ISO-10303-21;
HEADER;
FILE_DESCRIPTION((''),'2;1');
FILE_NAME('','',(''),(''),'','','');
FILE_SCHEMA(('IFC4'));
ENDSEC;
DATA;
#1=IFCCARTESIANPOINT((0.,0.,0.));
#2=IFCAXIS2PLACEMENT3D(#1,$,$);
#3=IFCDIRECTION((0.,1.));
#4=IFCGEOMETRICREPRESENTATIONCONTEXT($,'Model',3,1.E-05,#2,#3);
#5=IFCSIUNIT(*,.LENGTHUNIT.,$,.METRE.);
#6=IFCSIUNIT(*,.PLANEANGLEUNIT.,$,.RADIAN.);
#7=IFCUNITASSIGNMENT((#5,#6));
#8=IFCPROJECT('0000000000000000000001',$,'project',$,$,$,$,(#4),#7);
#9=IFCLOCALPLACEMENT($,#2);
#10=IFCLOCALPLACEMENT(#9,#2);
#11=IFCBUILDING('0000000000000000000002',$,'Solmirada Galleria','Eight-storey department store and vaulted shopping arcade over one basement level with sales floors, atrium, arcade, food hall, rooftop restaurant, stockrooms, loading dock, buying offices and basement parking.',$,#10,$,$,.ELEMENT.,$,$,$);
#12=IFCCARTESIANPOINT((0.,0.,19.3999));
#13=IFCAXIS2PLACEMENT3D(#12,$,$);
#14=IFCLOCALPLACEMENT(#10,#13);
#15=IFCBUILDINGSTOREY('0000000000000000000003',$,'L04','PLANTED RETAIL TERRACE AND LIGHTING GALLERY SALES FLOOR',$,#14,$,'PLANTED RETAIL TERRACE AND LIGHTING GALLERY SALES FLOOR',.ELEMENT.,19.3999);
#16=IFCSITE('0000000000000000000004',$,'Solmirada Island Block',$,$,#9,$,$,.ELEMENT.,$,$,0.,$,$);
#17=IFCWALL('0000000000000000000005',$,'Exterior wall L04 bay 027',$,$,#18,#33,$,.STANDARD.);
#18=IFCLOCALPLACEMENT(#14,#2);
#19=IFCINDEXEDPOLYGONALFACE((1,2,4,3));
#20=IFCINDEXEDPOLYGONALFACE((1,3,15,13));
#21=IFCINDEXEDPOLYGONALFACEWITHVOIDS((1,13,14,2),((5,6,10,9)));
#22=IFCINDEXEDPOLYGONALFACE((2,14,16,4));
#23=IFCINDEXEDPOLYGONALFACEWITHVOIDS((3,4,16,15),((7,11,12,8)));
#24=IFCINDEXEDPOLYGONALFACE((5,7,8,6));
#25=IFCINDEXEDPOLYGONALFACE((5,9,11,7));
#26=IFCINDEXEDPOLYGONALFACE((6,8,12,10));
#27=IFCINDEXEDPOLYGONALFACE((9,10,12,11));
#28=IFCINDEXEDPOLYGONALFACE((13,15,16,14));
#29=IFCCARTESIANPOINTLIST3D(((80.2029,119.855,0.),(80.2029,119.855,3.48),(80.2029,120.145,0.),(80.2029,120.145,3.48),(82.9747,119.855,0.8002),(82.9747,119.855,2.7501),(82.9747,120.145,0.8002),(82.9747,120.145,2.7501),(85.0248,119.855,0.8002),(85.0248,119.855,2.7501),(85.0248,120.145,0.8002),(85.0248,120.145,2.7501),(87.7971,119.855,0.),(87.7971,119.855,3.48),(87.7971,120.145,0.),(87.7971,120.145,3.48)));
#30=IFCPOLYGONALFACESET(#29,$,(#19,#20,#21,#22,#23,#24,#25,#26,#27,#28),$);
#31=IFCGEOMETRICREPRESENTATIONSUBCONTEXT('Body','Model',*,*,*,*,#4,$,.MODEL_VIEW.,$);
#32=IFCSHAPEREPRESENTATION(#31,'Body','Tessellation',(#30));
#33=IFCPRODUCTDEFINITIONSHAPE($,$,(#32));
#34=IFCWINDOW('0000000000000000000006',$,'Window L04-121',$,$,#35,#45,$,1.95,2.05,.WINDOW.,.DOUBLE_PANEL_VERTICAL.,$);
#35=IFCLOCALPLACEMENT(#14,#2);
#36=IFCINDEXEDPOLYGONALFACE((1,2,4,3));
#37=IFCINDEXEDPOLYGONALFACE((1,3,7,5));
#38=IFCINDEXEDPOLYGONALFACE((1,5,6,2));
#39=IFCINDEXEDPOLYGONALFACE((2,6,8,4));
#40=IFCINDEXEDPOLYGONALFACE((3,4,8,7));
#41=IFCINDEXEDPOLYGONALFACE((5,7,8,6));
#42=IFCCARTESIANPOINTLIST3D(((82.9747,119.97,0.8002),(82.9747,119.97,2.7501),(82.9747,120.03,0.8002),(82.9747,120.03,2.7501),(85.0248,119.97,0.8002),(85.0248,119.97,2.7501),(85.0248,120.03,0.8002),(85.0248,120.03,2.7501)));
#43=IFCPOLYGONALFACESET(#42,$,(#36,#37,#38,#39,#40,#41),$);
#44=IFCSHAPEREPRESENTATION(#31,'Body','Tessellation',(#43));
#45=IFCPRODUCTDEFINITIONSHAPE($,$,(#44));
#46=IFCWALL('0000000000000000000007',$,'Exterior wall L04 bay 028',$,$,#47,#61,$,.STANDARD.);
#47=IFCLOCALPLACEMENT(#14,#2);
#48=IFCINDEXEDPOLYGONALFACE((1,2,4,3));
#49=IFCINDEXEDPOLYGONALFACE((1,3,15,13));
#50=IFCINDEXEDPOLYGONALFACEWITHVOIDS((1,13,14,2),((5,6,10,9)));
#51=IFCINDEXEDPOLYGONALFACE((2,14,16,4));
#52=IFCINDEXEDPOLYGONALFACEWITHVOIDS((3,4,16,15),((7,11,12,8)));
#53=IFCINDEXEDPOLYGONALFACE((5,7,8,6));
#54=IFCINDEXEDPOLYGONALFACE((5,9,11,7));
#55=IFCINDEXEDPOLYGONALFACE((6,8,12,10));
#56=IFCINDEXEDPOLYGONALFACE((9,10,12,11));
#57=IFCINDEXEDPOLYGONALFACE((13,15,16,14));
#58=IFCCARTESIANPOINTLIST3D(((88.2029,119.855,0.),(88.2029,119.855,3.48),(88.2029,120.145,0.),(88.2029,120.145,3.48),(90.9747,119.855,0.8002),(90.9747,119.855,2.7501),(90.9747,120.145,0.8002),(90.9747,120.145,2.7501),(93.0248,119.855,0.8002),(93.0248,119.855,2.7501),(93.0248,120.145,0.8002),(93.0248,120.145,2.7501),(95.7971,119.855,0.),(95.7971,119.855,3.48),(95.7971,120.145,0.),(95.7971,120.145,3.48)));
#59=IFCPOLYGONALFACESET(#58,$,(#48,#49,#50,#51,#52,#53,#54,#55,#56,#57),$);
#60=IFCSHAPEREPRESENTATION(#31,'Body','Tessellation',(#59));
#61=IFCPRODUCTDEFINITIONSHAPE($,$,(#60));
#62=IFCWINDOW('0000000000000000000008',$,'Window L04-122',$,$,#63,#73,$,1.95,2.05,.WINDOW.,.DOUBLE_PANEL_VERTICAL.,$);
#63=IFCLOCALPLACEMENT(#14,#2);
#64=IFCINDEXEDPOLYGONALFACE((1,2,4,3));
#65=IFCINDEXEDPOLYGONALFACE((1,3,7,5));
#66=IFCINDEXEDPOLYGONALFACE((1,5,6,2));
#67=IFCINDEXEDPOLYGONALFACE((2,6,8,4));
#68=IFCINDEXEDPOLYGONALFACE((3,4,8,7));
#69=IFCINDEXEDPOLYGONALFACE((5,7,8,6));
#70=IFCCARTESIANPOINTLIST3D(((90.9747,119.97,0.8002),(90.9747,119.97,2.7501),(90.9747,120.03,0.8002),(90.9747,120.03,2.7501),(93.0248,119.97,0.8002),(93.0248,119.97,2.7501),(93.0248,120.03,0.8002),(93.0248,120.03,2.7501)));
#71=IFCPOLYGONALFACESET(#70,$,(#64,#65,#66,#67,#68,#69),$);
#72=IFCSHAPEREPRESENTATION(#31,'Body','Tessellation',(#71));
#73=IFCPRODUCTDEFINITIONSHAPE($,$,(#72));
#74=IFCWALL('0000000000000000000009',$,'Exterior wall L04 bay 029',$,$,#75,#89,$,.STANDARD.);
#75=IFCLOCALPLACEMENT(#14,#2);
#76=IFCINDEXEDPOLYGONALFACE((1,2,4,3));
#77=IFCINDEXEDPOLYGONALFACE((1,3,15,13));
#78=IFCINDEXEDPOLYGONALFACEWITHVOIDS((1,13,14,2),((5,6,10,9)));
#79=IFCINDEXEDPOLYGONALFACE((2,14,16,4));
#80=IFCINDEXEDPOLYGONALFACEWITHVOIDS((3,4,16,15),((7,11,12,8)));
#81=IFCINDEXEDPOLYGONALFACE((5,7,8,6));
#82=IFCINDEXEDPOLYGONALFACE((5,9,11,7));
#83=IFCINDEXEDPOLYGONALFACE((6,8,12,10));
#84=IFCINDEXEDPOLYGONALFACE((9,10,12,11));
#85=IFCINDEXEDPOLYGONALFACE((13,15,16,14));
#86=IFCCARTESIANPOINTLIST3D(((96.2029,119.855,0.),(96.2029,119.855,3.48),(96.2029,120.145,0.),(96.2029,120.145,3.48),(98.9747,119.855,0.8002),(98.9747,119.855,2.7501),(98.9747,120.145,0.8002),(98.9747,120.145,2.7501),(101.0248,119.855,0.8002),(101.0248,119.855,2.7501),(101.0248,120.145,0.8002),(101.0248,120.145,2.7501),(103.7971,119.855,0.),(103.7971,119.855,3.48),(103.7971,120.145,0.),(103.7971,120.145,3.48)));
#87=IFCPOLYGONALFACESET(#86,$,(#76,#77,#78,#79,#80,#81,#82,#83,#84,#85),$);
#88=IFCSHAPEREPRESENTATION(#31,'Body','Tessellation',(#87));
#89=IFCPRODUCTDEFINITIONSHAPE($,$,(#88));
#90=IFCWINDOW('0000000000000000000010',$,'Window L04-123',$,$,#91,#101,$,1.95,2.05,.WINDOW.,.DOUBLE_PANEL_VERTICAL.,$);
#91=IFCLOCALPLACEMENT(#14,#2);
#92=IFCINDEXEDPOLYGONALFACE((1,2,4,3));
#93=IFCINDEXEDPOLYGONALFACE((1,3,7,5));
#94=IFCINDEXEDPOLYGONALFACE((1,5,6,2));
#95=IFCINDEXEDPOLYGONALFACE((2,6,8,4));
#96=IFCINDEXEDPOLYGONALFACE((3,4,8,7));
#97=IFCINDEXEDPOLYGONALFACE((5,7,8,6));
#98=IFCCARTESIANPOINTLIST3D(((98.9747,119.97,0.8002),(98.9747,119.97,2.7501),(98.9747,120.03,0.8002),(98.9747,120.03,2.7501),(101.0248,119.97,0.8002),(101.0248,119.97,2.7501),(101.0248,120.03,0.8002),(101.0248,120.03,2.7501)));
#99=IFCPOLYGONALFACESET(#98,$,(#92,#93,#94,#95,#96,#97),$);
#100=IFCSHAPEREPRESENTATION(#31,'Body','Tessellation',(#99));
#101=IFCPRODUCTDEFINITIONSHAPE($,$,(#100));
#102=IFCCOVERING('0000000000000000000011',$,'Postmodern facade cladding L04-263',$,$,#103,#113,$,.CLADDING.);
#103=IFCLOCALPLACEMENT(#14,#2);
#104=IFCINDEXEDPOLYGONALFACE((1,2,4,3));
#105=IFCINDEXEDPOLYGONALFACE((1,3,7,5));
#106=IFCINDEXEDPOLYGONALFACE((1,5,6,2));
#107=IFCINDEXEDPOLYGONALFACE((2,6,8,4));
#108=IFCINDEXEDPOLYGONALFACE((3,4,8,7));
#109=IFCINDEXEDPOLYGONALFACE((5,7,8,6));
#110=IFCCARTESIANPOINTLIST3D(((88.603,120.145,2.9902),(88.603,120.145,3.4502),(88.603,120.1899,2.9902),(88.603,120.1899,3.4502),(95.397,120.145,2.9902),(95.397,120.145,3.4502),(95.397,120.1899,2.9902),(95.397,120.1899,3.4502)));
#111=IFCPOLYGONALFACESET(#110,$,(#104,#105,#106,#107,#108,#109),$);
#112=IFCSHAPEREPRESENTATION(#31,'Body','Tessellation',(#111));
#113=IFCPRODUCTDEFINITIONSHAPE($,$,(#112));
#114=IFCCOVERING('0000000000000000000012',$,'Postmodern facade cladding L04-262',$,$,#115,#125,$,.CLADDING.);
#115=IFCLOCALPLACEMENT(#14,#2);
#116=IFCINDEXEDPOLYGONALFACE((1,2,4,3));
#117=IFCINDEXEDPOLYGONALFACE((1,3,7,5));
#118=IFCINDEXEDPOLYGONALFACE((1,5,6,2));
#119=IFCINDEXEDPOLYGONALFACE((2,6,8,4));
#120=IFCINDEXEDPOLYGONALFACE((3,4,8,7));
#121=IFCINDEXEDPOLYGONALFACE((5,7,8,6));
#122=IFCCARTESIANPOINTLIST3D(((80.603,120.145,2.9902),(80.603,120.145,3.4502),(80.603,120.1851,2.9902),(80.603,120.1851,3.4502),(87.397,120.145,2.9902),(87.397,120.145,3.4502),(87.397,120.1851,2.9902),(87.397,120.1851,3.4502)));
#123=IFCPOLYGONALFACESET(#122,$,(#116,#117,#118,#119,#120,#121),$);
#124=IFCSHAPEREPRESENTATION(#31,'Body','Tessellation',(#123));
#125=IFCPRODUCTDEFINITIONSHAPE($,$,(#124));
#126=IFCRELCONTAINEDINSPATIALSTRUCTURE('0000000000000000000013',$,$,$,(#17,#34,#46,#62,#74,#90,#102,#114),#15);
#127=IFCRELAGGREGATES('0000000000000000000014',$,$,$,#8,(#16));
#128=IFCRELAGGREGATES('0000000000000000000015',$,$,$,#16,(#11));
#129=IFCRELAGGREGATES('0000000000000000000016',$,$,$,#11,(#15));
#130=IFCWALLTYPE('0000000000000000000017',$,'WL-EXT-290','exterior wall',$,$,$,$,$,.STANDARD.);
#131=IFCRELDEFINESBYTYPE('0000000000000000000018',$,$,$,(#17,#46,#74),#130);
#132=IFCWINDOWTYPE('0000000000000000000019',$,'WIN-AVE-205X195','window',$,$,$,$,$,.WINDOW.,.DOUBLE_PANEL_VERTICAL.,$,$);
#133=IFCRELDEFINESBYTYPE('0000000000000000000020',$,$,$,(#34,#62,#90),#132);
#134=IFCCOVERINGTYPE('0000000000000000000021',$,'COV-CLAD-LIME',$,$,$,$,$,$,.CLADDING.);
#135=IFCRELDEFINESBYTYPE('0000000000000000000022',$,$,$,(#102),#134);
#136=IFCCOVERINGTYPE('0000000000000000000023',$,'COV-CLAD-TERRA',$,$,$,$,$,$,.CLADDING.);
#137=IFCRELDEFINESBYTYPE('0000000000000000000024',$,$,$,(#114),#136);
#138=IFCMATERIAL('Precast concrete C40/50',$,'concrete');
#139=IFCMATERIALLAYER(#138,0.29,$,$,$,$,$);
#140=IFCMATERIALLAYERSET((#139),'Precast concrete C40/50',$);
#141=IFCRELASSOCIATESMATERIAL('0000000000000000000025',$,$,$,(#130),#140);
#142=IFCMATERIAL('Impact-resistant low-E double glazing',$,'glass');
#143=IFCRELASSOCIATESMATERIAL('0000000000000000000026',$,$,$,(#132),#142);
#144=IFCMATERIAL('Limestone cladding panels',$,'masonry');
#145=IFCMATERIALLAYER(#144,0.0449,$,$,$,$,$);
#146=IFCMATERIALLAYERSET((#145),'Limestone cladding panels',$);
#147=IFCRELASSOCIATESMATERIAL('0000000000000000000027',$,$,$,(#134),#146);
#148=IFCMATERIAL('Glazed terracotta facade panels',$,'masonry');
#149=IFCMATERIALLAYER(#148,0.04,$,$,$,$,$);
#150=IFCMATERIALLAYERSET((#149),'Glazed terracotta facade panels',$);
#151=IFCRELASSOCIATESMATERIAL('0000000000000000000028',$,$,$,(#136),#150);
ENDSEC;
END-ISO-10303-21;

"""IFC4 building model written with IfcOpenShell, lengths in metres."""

from ifc_helpers import new_model, si_unit, direction, frame, frame_2d, origin, origin_2d, place, context, subcontext, project, spatial, rectangle, extrude, material, layer, layer_set, type_object, element, fill, save


model = new_model("IFC4")

# Units and contexts
model_context = context("Model", 3, precision=1e-05, world=origin(), true_north=direction((0.0, 1.0)))
body_context = subcontext(model_context, "Body", "Model", "MODEL_VIEW")
ifc_project = project(units=[si_unit("LENGTHUNIT", "METRE"), si_unit("PLANEANGLEUNIT", "RADIAN")], contexts=[model_context])

# Site, building, storey
site_placement = place(None, origin())
site = spatial("IfcSite", under=ifc_project, at=site_placement, Name="Solmirada Island Block", CompositionType="ELEMENT", RefElevation=0.0)
building_placement = place(site_placement, origin())
building = spatial("IfcBuilding", under=site, at=building_placement, Name="Solmirada Galleria", Description="Eight-storey department store and vaulted shopping arcade over one basement level with sales floors, atrium, arcade, food hall, rooftop restaurant, stockrooms, loading dock, buying offices and basement parking.", CompositionType="ELEMENT")
storey_placement = place(building_placement, frame((0.0, 0.0, 19.3999)))
storey = spatial("IfcBuildingStorey", under=building, at=storey_placement, Name="L04", Description="PLANTED RETAIL TERRACE AND LIGHTING GALLERY SALES FLOOR", LongName="PLANTED RETAIL TERRACE AND LIGHTING GALLERY SALES FLOOR", CompositionType="ELEMENT", Elevation=19.3999)

# Walls, openings, windows
ifc_material_1 = material(Name="Precast concrete C40/50", Category="concrete")
ifc_layer_1 = layer(ifc_material_1, 0.29)
ifc_layer_set_1 = layer_set([ifc_layer_1], Name="Precast concrete C40/50")
wall_type = type_object("IfcWallType", Name="WL-EXT-290", Description="exterior wall", PredefinedType="STANDARD", material=ifc_layer_set_1)
wall_1_placement = place(storey_placement, frame((80.2029, 120.0, 0.0), z_axis=(0.0, 0.0, 1.0), x_axis=(1.0, 0.0, 0.0)))
wall_1 = element("IfcWall", 1, at=wall_1_placement, inside=storey, type_object=wall_type, Name="Exterior wall L04 bay 027", PredefinedType="STANDARD", context=body_context, shape_type="SweptSolid", body=[
    extrude(rectangle(XDim=7.5942, YDim=0.29, at=frame_2d((3.7971, 0.0))), origin(), (0.0, 0.0, 1.0), 3.48),
])
opening_1_placement = place(wall_1_placement, frame((2.772, 0.0, 0.8)))
opening_1 = element("IfcOpeningElement", 2, at=opening_1_placement, cuts=wall_1, PredefinedType="OPENING", context=body_context, shape_type="SweptSolid", body=[
    extrude(rectangle(XDim=2.05, YDim=1.95, at=frame_2d((1.0249, 0.9751))), frame((0.0, 0.155, 0.0), z_axis=(0.0, -1.0, 0.0), x_axis=(1.0, 0.0, 0.0)), (0.0, 0.0, 1.0), 0.3101),
])
ifc_material_2 = material(Name="Impact-resistant low-E double glazing", Category="glass")
window_type = type_object("IfcWindowType", Name="WIN-AVE-205X195", Description="window", PartitioningType="DOUBLE_PANEL_VERTICAL", PredefinedType="WINDOW", material=ifc_material_2)
window_1_placement = place(opening_1_placement, origin())
window_1 = element("IfcWindow", 3, at=window_1_placement, inside=storey, type_object=window_type, Name="Window L04-121", OverallHeight=1.95, OverallWidth=2.05, PartitioningType="DOUBLE_PANEL_VERTICAL", PredefinedType="WINDOW", context=body_context, shape_type="SweptSolid", body=[
    extrude(rectangle(XDim=2.05, YDim=1.95, at=frame_2d((1.0249, 0.9751))), frame((0.0, 0.03, 0.0), z_axis=(0.0, -1.0, 0.0), x_axis=(1.0, 0.0, 0.0)), (0.0, 0.0, 1.0), 0.0601),
])
fill(opening_1, window_1)
wall_2_placement = place(storey_placement, frame((88.2029, 120.0, 0.0), z_axis=(0.0, 0.0, 1.0), x_axis=(1.0, 0.0, 0.0)))
wall_2 = element("IfcWall", 4, at=wall_2_placement, inside=storey, type_object=wall_type, Name="Exterior wall L04 bay 028", PredefinedType="STANDARD", context=body_context, shape_type="SweptSolid", body=[
    extrude(rectangle(XDim=7.5942, YDim=0.29, at=frame_2d((3.7971, 0.0))), origin(), (0.0, 0.0, 1.0), 3.48),
])
opening_2_placement = place(wall_2_placement, frame((2.772, 0.0, 0.8)))
opening_2 = element("IfcOpeningElement", 5, at=opening_2_placement, cuts=wall_2, PredefinedType="OPENING", context=body_context, shape_type="SweptSolid", body=[
    extrude(rectangle(XDim=2.05, YDim=1.95, at=frame_2d((1.0249, 0.9751))), frame((0.0, 0.155, 0.0), z_axis=(0.0, -1.0, 0.0), x_axis=(1.0, 0.0, 0.0)), (0.0, 0.0, 1.0), 0.3101),
])
window_2_placement = place(opening_2_placement, origin())
window_2 = element("IfcWindow", 6, at=window_2_placement, inside=storey, type_object=window_type, Name="Window L04-122", OverallHeight=1.95, OverallWidth=2.05, PartitioningType="DOUBLE_PANEL_VERTICAL", PredefinedType="WINDOW", context=body_context, shape_type="SweptSolid", body=[
    extrude(rectangle(XDim=2.05, YDim=1.95, at=frame_2d((1.0249, 0.9751))), frame((0.0, 0.03, 0.0), z_axis=(0.0, -1.0, 0.0), x_axis=(1.0, 0.0, 0.0)), (0.0, 0.0, 1.0), 0.0601),
])
fill(opening_2, window_2)
wall_3_placement = place(storey_placement, frame((96.2029, 120.0, 0.0), z_axis=(0.0, 0.0, 1.0), x_axis=(1.0, 0.0, 0.0)))
wall_3 = element("IfcWall", 7, at=wall_3_placement, inside=storey, type_object=wall_type, Name="Exterior wall L04 bay 029", PredefinedType="STANDARD", context=body_context, shape_type="SweptSolid", body=[
    extrude(rectangle(XDim=7.5942, YDim=0.29, at=frame_2d((3.7971, 0.0))), origin(), (0.0, 0.0, 1.0), 3.48),
])
opening_3_placement = place(wall_3_placement, frame((2.772, 0.0, 0.8)))
opening_3 = element("IfcOpeningElement", 8, at=opening_3_placement, cuts=wall_3, PredefinedType="OPENING", context=body_context, shape_type="SweptSolid", body=[
    extrude(rectangle(XDim=2.05, YDim=1.95, at=frame_2d((1.0249, 0.9751))), frame((0.0, 0.155, 0.0), z_axis=(0.0, -1.0, 0.0), x_axis=(1.0, 0.0, 0.0)), (0.0, 0.0, 1.0), 0.3101),
])
window_3_placement = place(opening_3_placement, origin())
window_3 = element("IfcWindow", 9, at=window_3_placement, inside=storey, type_object=window_type, Name="Window L04-123", OverallHeight=1.95, OverallWidth=2.05, PartitioningType="DOUBLE_PANEL_VERTICAL", PredefinedType="WINDOW", context=body_context, shape_type="SweptSolid", body=[
    extrude(rectangle(XDim=2.05, YDim=1.95, at=frame_2d((1.0249, 0.9751))), frame((0.0, 0.03, 0.0), z_axis=(0.0, -1.0, 0.0), x_axis=(1.0, 0.0, 0.0)), (0.0, 0.0, 1.0), 0.0601),
])
fill(opening_3, window_3)

# Coverings
ifc_material_3 = material(Name="Limestone cladding panels", Category="masonry")
ifc_layer_2 = layer(ifc_material_3, 0.0449)
ifc_layer_set_2 = layer_set([ifc_layer_2], Name="Limestone cladding panels")
covering_type_1 = type_object("IfcCoveringType", Name="COV-CLAD-LIME", PredefinedType="CLADDING", material=ifc_layer_set_2)
covering_1_placement = place(storey_placement, frame((92.0, 120.1675, 2.9902), z_axis=(0.0, 0.0, 1.0), x_axis=(1.0, 0.0, 0.0)))
element("IfcCovering", 10, at=covering_1_placement, inside=storey, type_object=covering_type_1, Name="Postmodern facade cladding L04-263", PredefinedType="CLADDING", context=body_context, shape_type="SweptSolid", body=[
    extrude(rectangle(XDim=6.7939, YDim=0.0449, at=origin_2d()), origin(), (0.0, 0.0, 1.0), 0.46),
])
ifc_material_4 = material(Name="Glazed terracotta facade panels", Category="masonry")
ifc_layer_3 = layer(ifc_material_4, 0.04)
ifc_layer_set_3 = layer_set([ifc_layer_3], Name="Glazed terracotta facade panels")
covering_type_2 = type_object("IfcCoveringType", Name="COV-CLAD-TERRA", PredefinedType="CLADDING", material=ifc_layer_set_3)
covering_2_placement = place(storey_placement, frame((84.0, 120.165, 2.9902), z_axis=(0.0, 0.0, 1.0), x_axis=(1.0, 0.0, 0.0)))
element("IfcCovering", 11, at=covering_2_placement, inside=storey, type_object=covering_type_2, Name="Postmodern facade cladding L04-262", PredefinedType="CLADDING", context=body_context, shape_type="SweptSolid", body=[
    extrude(rectangle(XDim=6.7939, YDim=0.04, at=origin_2d()), origin(), (0.0, 0.0, 1.0), 0.46),
])

save(model, "model.ifc")
